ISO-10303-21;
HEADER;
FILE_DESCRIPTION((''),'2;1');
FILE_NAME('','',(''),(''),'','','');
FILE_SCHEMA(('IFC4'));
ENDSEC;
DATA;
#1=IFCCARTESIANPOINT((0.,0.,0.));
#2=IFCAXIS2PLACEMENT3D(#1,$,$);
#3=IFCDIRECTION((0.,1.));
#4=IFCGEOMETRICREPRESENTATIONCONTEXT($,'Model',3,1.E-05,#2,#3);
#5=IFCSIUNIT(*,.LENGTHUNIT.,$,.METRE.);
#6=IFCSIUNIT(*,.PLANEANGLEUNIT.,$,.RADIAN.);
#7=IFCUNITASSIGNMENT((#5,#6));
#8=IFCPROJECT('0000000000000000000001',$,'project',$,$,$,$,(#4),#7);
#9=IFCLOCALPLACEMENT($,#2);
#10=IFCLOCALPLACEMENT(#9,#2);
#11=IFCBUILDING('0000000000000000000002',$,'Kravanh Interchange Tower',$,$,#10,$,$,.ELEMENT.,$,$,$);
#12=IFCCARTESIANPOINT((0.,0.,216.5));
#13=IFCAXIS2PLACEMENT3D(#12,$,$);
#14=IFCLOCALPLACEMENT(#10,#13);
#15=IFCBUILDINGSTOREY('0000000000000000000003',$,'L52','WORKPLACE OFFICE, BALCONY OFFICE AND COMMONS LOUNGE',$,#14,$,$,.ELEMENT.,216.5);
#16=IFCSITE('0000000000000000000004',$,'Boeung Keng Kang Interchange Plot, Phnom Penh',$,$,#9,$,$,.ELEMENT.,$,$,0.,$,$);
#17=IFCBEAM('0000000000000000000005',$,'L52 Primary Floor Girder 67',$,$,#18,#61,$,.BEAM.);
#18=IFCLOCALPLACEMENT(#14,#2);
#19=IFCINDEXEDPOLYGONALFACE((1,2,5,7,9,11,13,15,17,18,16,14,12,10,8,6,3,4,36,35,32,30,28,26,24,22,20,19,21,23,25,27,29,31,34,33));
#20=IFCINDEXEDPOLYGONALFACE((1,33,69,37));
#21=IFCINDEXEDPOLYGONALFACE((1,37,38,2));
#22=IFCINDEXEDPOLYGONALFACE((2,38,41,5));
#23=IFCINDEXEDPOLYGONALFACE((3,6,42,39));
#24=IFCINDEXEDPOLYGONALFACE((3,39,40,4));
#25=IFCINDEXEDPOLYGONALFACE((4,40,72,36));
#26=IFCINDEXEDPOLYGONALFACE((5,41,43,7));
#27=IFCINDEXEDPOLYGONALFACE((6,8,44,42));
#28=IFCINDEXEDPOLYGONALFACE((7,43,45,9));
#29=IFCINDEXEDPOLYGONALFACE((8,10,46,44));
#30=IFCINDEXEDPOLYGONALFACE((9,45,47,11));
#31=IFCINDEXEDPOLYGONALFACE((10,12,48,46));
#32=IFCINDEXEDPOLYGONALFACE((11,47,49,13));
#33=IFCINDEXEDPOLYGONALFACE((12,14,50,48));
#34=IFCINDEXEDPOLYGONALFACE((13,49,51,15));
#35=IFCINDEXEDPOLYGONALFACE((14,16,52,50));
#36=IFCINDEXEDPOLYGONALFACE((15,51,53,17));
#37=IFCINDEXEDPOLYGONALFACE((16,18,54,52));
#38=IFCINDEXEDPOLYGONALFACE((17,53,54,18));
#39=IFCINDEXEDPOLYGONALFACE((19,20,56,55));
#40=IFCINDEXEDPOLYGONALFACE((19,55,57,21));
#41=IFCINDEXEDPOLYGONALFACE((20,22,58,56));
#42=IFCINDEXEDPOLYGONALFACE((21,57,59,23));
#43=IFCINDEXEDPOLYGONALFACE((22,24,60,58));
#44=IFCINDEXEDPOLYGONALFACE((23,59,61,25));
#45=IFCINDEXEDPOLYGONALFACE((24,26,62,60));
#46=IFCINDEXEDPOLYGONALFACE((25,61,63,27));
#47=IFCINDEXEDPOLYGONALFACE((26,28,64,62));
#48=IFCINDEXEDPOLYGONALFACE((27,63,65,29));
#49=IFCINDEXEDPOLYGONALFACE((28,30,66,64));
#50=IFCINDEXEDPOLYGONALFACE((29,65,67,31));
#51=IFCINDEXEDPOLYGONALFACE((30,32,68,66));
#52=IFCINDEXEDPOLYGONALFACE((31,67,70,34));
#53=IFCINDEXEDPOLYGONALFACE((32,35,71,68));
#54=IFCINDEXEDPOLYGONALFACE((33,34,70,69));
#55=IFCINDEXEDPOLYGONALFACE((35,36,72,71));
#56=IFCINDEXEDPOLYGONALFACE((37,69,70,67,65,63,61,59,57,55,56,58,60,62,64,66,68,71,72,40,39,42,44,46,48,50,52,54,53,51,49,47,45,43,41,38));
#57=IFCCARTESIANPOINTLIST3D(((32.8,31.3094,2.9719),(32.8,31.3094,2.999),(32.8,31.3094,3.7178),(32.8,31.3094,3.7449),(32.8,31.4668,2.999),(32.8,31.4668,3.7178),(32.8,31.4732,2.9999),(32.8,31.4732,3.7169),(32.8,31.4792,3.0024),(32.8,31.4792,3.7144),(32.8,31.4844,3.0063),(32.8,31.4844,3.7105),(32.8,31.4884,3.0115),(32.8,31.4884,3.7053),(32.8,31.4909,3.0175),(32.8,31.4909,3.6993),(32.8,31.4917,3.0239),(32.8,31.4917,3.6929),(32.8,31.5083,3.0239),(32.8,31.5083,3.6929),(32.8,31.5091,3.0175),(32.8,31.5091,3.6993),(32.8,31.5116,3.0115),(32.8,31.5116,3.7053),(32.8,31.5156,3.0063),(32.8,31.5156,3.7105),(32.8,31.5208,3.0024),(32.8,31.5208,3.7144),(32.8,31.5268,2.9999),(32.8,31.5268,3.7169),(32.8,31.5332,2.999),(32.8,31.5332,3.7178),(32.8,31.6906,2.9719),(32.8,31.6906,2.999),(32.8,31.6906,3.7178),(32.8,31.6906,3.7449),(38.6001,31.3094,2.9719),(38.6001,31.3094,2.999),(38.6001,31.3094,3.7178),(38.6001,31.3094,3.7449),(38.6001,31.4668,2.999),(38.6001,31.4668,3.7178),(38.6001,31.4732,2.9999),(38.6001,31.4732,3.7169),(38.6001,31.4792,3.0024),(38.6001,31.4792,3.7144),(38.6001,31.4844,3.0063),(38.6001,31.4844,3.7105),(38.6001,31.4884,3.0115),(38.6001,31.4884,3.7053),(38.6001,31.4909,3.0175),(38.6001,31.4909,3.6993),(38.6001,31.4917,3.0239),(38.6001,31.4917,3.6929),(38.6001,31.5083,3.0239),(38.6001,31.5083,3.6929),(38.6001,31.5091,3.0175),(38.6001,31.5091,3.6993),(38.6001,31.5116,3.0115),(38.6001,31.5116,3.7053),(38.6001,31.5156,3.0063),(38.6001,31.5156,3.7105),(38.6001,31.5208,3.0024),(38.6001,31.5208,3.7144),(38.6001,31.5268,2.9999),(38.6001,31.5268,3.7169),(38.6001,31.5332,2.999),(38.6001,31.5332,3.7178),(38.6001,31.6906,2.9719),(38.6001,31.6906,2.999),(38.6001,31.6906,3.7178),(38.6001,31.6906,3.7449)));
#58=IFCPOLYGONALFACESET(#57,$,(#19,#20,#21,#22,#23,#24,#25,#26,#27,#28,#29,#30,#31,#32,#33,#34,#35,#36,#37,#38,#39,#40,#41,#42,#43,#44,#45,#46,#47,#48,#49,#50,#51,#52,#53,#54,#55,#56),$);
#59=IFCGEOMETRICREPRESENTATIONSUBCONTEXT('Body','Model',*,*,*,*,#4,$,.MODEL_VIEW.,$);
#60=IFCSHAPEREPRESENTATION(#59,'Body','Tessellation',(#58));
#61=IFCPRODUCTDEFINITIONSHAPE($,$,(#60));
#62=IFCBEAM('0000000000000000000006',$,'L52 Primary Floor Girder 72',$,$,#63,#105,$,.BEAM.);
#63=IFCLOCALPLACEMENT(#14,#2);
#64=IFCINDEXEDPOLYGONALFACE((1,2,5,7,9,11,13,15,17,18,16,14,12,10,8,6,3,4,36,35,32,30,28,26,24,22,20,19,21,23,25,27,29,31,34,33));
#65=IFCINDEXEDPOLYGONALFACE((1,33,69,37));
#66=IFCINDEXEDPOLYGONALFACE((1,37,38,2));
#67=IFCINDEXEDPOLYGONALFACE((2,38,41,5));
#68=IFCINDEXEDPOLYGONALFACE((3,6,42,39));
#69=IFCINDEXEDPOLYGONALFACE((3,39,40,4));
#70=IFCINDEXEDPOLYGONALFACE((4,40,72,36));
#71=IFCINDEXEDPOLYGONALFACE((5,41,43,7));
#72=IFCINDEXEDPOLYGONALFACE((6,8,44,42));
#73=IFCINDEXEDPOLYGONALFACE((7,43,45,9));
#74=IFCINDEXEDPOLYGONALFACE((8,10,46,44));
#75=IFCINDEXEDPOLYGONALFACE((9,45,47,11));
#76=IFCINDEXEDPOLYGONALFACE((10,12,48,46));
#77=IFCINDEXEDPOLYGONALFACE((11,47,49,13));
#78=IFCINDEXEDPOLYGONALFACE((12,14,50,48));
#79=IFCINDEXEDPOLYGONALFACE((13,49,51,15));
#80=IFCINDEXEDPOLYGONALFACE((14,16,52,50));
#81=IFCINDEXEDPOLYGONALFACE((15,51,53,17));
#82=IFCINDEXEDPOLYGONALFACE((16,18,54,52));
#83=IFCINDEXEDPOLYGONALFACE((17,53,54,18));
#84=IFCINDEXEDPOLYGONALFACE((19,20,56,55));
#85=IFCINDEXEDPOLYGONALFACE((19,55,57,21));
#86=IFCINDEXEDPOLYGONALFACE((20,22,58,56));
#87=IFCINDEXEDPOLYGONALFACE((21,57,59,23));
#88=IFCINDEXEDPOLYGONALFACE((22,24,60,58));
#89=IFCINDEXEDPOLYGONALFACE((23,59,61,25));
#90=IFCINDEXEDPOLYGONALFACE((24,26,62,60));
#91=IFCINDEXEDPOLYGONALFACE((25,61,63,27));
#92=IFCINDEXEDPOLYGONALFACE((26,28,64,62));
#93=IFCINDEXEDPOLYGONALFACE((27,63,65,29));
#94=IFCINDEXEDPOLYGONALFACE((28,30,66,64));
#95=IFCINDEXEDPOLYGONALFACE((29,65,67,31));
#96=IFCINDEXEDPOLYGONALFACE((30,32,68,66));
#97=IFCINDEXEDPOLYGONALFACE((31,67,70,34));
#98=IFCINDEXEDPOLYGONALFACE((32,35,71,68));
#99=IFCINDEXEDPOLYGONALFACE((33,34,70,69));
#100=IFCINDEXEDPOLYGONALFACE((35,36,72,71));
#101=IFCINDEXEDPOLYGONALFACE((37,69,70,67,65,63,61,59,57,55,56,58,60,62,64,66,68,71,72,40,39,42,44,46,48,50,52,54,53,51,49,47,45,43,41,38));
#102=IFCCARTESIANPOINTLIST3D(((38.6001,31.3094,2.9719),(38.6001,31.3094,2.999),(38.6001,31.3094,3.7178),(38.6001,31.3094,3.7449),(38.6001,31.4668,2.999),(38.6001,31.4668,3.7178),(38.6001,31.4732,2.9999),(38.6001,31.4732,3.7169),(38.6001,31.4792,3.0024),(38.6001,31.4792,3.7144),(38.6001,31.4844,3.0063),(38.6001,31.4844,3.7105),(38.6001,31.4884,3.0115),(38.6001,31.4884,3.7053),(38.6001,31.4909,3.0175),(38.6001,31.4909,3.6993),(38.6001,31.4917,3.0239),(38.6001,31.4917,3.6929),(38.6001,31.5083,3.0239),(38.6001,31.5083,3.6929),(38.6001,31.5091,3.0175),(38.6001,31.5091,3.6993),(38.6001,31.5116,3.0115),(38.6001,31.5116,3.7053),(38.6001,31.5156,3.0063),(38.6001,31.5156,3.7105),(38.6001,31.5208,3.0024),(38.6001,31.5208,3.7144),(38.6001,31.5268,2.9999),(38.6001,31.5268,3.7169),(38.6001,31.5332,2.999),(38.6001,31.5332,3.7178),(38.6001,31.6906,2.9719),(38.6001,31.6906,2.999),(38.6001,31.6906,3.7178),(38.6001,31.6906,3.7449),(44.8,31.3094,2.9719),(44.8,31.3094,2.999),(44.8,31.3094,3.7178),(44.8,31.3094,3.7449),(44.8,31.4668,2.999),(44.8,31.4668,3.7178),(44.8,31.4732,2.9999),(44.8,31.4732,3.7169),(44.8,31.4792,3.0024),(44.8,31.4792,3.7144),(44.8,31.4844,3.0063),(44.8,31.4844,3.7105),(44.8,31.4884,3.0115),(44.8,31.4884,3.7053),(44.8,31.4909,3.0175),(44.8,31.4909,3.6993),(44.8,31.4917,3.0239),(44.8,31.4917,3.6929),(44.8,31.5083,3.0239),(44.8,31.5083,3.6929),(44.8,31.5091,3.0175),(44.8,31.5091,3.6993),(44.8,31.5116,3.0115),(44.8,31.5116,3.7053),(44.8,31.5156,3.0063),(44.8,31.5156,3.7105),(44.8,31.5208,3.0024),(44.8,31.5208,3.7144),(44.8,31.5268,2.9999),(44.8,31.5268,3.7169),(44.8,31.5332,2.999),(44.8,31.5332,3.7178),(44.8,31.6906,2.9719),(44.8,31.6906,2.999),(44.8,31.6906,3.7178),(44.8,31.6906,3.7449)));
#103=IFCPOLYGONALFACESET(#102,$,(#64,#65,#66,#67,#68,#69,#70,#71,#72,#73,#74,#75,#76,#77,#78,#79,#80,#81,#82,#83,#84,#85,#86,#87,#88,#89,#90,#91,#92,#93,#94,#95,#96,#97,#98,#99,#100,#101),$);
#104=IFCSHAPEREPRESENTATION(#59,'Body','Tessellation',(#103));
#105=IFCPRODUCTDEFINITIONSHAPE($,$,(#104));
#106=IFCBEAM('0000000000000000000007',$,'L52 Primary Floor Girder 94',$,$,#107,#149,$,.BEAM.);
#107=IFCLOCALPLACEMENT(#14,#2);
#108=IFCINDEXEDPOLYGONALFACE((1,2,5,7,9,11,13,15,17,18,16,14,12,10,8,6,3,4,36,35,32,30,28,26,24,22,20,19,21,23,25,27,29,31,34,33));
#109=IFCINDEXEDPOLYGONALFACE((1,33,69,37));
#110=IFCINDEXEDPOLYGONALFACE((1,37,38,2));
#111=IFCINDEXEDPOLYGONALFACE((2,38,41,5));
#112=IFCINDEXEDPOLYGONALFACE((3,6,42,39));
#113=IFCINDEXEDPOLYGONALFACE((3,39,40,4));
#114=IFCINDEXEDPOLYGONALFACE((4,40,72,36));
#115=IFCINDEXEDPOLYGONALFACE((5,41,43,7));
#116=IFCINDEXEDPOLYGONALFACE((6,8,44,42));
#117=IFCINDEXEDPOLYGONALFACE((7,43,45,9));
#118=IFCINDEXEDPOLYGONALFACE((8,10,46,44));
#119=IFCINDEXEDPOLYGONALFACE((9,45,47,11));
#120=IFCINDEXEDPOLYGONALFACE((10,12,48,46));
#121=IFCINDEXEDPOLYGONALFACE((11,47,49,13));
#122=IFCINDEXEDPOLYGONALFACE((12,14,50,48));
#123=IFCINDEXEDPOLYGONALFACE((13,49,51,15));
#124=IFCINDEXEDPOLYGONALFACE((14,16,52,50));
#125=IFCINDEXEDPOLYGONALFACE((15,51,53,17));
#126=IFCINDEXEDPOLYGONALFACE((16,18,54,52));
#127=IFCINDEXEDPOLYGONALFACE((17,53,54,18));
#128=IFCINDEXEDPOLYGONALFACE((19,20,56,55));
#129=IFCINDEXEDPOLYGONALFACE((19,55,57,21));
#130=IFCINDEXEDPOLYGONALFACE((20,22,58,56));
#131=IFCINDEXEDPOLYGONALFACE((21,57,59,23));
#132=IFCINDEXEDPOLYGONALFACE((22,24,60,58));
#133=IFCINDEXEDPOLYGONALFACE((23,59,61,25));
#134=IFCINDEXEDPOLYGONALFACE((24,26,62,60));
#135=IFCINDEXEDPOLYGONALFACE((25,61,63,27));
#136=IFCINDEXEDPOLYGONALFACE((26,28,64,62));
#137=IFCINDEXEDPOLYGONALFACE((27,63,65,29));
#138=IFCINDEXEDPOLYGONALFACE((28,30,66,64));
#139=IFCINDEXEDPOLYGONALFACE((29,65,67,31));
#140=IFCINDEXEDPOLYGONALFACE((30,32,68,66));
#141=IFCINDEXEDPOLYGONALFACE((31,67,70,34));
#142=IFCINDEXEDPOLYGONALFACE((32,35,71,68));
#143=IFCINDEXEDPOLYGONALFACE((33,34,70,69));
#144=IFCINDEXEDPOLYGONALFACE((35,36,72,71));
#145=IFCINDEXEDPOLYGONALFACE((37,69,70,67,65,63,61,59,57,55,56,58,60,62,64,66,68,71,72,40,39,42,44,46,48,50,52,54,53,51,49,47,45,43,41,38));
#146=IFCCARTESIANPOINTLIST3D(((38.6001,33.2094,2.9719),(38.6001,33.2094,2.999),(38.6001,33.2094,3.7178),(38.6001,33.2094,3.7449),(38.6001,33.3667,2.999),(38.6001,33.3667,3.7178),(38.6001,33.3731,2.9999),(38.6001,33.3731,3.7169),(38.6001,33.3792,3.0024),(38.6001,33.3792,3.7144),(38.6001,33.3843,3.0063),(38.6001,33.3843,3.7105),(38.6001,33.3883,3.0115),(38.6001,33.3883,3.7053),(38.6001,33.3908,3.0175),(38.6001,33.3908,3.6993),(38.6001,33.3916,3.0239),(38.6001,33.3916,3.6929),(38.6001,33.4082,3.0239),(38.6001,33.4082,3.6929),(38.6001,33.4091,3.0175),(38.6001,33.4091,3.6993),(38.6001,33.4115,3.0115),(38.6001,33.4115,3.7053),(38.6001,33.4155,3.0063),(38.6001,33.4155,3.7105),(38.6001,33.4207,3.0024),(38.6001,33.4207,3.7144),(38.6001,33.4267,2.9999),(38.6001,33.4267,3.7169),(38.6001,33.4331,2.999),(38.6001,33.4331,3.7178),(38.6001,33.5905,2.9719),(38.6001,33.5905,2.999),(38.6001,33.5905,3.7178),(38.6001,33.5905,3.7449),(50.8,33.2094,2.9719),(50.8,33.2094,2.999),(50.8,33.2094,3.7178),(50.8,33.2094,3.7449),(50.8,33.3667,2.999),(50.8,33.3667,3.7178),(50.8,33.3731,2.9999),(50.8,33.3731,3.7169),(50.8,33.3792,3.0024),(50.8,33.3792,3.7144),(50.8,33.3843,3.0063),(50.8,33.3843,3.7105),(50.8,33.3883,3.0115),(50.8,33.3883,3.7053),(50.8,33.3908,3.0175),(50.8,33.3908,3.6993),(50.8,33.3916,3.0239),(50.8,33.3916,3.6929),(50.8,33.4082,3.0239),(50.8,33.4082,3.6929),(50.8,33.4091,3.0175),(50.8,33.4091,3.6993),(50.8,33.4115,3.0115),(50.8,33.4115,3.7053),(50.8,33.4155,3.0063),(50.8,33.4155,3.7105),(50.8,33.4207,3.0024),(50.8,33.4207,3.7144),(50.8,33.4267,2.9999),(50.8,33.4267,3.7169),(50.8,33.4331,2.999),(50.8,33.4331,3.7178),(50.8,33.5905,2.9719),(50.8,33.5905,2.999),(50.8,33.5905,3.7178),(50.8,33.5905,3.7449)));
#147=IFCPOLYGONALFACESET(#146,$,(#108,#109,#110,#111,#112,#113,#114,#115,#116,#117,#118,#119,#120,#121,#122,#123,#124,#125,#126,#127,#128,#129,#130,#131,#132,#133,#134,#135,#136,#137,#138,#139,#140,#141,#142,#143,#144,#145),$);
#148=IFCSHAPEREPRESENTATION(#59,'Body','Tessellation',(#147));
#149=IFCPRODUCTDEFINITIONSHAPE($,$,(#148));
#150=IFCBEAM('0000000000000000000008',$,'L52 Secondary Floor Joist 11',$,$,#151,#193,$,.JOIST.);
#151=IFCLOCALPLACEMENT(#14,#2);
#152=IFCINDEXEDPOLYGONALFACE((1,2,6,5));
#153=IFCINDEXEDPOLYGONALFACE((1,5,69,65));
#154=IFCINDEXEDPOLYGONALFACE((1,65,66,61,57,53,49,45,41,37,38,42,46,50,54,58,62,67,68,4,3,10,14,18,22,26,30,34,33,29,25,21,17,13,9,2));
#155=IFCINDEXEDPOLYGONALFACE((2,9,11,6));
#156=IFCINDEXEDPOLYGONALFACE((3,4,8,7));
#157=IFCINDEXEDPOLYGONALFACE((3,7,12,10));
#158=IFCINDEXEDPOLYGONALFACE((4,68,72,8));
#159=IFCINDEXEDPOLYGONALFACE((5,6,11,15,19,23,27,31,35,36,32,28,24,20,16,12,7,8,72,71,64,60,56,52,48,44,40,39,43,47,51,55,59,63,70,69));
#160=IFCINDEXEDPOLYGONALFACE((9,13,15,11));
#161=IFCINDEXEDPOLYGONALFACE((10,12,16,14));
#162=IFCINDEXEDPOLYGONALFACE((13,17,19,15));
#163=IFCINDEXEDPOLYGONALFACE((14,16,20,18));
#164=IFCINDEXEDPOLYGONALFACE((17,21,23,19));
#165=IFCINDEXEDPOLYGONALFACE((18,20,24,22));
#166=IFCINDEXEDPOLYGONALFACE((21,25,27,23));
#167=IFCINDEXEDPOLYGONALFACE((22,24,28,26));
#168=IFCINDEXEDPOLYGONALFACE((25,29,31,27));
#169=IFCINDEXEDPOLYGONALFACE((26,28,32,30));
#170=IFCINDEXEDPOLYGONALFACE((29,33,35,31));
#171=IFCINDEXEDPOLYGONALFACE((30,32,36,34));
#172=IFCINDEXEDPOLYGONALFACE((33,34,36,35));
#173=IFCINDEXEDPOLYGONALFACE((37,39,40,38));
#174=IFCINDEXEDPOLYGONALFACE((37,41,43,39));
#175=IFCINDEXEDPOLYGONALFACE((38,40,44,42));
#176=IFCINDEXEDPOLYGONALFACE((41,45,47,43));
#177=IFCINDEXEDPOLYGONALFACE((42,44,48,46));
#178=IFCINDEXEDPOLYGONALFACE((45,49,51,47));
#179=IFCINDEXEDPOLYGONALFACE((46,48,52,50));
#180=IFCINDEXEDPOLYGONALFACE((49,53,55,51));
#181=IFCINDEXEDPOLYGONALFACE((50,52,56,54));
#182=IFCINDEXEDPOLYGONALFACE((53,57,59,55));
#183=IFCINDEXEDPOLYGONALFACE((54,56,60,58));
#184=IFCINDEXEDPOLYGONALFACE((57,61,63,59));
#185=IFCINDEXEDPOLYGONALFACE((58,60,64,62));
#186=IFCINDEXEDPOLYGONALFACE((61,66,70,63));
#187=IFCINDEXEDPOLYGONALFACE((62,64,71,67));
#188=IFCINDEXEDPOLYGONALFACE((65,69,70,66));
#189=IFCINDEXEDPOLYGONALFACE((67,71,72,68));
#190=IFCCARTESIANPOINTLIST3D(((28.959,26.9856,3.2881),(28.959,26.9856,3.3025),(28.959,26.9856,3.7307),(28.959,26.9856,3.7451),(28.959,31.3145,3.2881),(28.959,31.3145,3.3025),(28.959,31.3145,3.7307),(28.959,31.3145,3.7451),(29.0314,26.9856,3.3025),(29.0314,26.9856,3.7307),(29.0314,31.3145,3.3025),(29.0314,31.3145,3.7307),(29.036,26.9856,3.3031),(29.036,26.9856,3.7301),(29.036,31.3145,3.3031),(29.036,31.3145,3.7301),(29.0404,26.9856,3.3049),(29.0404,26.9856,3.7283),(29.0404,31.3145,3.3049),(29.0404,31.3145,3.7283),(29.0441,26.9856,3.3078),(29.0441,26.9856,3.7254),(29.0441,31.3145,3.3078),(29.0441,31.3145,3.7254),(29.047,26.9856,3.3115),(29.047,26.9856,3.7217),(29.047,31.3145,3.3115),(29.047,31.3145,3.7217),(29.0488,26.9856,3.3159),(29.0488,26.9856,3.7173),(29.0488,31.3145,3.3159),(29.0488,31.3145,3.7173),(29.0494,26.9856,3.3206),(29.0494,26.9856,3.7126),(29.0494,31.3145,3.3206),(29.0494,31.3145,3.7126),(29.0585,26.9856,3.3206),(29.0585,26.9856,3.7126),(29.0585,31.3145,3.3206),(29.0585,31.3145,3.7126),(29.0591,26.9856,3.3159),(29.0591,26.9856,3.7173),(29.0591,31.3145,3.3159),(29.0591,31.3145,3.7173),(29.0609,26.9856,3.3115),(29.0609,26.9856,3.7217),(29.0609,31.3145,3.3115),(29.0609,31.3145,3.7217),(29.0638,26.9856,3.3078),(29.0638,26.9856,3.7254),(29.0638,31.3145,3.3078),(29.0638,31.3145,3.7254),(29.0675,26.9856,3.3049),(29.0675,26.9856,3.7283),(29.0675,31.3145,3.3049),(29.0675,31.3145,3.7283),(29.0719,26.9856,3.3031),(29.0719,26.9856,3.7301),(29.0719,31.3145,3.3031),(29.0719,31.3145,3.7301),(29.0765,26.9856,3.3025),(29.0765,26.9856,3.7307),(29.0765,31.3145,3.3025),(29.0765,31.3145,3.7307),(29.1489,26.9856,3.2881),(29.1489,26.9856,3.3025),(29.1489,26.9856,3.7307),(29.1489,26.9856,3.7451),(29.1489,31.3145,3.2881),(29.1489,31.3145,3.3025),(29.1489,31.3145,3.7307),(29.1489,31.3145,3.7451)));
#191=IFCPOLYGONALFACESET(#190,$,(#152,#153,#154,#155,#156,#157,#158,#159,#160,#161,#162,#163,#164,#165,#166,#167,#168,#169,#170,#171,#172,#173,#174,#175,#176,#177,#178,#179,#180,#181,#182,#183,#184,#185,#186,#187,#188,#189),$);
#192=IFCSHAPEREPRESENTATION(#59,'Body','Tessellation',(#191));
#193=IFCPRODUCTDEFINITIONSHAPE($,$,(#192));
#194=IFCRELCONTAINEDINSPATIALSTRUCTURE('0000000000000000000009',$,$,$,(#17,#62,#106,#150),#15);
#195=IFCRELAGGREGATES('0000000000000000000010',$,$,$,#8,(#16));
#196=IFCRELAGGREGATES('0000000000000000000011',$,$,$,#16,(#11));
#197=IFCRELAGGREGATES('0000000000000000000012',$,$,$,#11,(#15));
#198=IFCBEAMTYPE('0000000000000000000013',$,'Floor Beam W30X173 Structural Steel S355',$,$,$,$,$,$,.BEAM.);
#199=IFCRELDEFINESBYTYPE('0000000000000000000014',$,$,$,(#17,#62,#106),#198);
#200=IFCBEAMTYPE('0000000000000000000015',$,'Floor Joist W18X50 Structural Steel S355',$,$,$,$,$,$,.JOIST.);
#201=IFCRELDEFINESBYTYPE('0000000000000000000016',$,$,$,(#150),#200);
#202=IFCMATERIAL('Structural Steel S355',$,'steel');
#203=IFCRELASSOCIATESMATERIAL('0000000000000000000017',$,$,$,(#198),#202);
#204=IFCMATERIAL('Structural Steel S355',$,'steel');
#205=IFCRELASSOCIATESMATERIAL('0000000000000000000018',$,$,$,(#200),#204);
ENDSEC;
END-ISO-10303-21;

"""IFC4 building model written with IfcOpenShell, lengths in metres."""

from ifc_helpers import new_model, si_unit, direction, frame, origin, origin_2d, place, context, subcontext, project, spatial, i_section, extrude, material, material_profile, profile_set, type_object, element, save


model = new_model("IFC4")

# Units and contexts
model_context = context("Model", 3, precision=1e-05, world=origin(), true_north=direction((0.0, 1.0)))
body_context = subcontext(model_context, "Body", "Model", "MODEL_VIEW")
ifc_project = project(units=[si_unit("LENGTHUNIT", "METRE"), si_unit("PLANEANGLEUNIT", "RADIAN")], contexts=[model_context])

# Site, building, storey
site_placement = place(None, origin())
site = spatial("IfcSite", under=ifc_project, at=site_placement, Name="Boeung Keng Kang Interchange Plot, Phnom Penh", CompositionType="ELEMENT", RefElevation=0.0)
building_placement = place(site_placement, origin())
building = spatial("IfcBuilding", under=site, at=building_placement, Name="Kravanh Interchange Tower", CompositionType="ELEMENT")
storey_placement = place(building_placement, frame((0.0, 0.0, 216.5)))
storey = spatial("IfcBuildingStorey", under=building, at=storey_placement, Name="L52", Description="WORKPLACE OFFICE, BALCONY OFFICE AND COMMONS LOUNGE", CompositionType="ELEMENT", Elevation=216.5)

# Beams
ifc_material_1 = material(Name="Structural Steel S355", Category="steel")
ifc_material_profile_1 = material_profile(ifc_material_1, i_section(OverallWidth=0.3811, OverallDepth=0.7729, WebThickness=0.0166, FlangeThickness=0.0271, FilletRadius=0.0249, at=origin_2d()), Name="W30X173")
ifc_profile_set_1 = profile_set([ifc_material_profile_1], Name="Structural Steel S355")
beam_type_1 = type_object("IfcBeamType", Name="Floor Beam W30X173 Structural Steel S355", PredefinedType="BEAM", material=ifc_profile_set_1)
beam_1_placement = place(storey_placement, frame((32.8, 31.5, 3.3584), z_axis=(1.0, 0.0, 0.0), x_axis=(0.0, 1.0, 0.0)))
element("IfcBeam", 1, at=beam_1_placement, inside=storey, type_object=beam_type_1, Name="L52 Primary Floor Girder 67", PredefinedType="BEAM", context=body_context, shape_type="SweptSolid", body=[
    extrude(i_section(OverallWidth=0.3811, OverallDepth=0.7729, WebThickness=0.0166, FlangeThickness=0.0271, FilletRadius=0.0249, at=origin_2d()), origin(), (0.0, 0.0, 1.0), 5.8),
])
beam_2_placement = place(storey_placement, frame((38.6001, 31.5, 3.3584), z_axis=(1.0, 0.0, 0.0), x_axis=(0.0, 1.0, 0.0)))
element("IfcBeam", 2, at=beam_2_placement, inside=storey, type_object=beam_type_1, Name="L52 Primary Floor Girder 72", PredefinedType="BEAM", context=body_context, shape_type="SweptSolid", body=[
    extrude(i_section(OverallWidth=0.3811, OverallDepth=0.7729, WebThickness=0.0166, FlangeThickness=0.0271, FilletRadius=0.0249, at=origin_2d()), origin(), (0.0, 0.0, 1.0), 6.2),
])
beam_3_placement = place(storey_placement, frame((38.6001, 33.3999, 3.3584), z_axis=(1.0, 0.0, 0.0), x_axis=(0.0, 1.0, 0.0)))
element("IfcBeam", 3, at=beam_3_placement, inside=storey, type_object=beam_type_1, Name="L52 Primary Floor Girder 94", PredefinedType="BEAM", context=body_context, shape_type="SweptSolid", body=[
    extrude(i_section(OverallWidth=0.3811, OverallDepth=0.7729, WebThickness=0.0166, FlangeThickness=0.0271, FilletRadius=0.0249, at=origin_2d()), origin(), (0.0, 0.0, 1.0), 12.2),
])
ifc_material_2 = material(Name="Structural Steel S355", Category="steel")
ifc_material_profile_2 = material_profile(ifc_material_2, i_section(OverallWidth=0.1899, OverallDepth=0.457, WebThickness=0.009, FlangeThickness=0.0144, FilletRadius=0.0181, at=origin_2d()), Name="W18X50")
ifc_profile_set_2 = profile_set([ifc_material_profile_2], Name="Structural Steel S355")
beam_type_2 = type_object("IfcBeamType", Name="Floor Joist W18X50 Structural Steel S355", PredefinedType="JOIST", material=ifc_profile_set_2)
beam_4_placement = place(storey_placement, frame((29.054, 26.9856, 3.5166), z_axis=(0.0, 1.0, 0.0), x_axis=(-1.0, 0.0, 0.0)))
element("IfcBeam", 4, at=beam_4_placement, inside=storey, type_object=beam_type_2, Name="L52 Secondary Floor Joist 11", PredefinedType="JOIST", context=body_context, shape_type="SweptSolid", body=[
    extrude(i_section(OverallWidth=0.1899, OverallDepth=0.457, WebThickness=0.009, FlangeThickness=0.0144, FilletRadius=0.0181, at=origin_2d()), origin(), (0.0, 0.0, 1.0), 4.3289),
])

save(model, "model.ifc")
